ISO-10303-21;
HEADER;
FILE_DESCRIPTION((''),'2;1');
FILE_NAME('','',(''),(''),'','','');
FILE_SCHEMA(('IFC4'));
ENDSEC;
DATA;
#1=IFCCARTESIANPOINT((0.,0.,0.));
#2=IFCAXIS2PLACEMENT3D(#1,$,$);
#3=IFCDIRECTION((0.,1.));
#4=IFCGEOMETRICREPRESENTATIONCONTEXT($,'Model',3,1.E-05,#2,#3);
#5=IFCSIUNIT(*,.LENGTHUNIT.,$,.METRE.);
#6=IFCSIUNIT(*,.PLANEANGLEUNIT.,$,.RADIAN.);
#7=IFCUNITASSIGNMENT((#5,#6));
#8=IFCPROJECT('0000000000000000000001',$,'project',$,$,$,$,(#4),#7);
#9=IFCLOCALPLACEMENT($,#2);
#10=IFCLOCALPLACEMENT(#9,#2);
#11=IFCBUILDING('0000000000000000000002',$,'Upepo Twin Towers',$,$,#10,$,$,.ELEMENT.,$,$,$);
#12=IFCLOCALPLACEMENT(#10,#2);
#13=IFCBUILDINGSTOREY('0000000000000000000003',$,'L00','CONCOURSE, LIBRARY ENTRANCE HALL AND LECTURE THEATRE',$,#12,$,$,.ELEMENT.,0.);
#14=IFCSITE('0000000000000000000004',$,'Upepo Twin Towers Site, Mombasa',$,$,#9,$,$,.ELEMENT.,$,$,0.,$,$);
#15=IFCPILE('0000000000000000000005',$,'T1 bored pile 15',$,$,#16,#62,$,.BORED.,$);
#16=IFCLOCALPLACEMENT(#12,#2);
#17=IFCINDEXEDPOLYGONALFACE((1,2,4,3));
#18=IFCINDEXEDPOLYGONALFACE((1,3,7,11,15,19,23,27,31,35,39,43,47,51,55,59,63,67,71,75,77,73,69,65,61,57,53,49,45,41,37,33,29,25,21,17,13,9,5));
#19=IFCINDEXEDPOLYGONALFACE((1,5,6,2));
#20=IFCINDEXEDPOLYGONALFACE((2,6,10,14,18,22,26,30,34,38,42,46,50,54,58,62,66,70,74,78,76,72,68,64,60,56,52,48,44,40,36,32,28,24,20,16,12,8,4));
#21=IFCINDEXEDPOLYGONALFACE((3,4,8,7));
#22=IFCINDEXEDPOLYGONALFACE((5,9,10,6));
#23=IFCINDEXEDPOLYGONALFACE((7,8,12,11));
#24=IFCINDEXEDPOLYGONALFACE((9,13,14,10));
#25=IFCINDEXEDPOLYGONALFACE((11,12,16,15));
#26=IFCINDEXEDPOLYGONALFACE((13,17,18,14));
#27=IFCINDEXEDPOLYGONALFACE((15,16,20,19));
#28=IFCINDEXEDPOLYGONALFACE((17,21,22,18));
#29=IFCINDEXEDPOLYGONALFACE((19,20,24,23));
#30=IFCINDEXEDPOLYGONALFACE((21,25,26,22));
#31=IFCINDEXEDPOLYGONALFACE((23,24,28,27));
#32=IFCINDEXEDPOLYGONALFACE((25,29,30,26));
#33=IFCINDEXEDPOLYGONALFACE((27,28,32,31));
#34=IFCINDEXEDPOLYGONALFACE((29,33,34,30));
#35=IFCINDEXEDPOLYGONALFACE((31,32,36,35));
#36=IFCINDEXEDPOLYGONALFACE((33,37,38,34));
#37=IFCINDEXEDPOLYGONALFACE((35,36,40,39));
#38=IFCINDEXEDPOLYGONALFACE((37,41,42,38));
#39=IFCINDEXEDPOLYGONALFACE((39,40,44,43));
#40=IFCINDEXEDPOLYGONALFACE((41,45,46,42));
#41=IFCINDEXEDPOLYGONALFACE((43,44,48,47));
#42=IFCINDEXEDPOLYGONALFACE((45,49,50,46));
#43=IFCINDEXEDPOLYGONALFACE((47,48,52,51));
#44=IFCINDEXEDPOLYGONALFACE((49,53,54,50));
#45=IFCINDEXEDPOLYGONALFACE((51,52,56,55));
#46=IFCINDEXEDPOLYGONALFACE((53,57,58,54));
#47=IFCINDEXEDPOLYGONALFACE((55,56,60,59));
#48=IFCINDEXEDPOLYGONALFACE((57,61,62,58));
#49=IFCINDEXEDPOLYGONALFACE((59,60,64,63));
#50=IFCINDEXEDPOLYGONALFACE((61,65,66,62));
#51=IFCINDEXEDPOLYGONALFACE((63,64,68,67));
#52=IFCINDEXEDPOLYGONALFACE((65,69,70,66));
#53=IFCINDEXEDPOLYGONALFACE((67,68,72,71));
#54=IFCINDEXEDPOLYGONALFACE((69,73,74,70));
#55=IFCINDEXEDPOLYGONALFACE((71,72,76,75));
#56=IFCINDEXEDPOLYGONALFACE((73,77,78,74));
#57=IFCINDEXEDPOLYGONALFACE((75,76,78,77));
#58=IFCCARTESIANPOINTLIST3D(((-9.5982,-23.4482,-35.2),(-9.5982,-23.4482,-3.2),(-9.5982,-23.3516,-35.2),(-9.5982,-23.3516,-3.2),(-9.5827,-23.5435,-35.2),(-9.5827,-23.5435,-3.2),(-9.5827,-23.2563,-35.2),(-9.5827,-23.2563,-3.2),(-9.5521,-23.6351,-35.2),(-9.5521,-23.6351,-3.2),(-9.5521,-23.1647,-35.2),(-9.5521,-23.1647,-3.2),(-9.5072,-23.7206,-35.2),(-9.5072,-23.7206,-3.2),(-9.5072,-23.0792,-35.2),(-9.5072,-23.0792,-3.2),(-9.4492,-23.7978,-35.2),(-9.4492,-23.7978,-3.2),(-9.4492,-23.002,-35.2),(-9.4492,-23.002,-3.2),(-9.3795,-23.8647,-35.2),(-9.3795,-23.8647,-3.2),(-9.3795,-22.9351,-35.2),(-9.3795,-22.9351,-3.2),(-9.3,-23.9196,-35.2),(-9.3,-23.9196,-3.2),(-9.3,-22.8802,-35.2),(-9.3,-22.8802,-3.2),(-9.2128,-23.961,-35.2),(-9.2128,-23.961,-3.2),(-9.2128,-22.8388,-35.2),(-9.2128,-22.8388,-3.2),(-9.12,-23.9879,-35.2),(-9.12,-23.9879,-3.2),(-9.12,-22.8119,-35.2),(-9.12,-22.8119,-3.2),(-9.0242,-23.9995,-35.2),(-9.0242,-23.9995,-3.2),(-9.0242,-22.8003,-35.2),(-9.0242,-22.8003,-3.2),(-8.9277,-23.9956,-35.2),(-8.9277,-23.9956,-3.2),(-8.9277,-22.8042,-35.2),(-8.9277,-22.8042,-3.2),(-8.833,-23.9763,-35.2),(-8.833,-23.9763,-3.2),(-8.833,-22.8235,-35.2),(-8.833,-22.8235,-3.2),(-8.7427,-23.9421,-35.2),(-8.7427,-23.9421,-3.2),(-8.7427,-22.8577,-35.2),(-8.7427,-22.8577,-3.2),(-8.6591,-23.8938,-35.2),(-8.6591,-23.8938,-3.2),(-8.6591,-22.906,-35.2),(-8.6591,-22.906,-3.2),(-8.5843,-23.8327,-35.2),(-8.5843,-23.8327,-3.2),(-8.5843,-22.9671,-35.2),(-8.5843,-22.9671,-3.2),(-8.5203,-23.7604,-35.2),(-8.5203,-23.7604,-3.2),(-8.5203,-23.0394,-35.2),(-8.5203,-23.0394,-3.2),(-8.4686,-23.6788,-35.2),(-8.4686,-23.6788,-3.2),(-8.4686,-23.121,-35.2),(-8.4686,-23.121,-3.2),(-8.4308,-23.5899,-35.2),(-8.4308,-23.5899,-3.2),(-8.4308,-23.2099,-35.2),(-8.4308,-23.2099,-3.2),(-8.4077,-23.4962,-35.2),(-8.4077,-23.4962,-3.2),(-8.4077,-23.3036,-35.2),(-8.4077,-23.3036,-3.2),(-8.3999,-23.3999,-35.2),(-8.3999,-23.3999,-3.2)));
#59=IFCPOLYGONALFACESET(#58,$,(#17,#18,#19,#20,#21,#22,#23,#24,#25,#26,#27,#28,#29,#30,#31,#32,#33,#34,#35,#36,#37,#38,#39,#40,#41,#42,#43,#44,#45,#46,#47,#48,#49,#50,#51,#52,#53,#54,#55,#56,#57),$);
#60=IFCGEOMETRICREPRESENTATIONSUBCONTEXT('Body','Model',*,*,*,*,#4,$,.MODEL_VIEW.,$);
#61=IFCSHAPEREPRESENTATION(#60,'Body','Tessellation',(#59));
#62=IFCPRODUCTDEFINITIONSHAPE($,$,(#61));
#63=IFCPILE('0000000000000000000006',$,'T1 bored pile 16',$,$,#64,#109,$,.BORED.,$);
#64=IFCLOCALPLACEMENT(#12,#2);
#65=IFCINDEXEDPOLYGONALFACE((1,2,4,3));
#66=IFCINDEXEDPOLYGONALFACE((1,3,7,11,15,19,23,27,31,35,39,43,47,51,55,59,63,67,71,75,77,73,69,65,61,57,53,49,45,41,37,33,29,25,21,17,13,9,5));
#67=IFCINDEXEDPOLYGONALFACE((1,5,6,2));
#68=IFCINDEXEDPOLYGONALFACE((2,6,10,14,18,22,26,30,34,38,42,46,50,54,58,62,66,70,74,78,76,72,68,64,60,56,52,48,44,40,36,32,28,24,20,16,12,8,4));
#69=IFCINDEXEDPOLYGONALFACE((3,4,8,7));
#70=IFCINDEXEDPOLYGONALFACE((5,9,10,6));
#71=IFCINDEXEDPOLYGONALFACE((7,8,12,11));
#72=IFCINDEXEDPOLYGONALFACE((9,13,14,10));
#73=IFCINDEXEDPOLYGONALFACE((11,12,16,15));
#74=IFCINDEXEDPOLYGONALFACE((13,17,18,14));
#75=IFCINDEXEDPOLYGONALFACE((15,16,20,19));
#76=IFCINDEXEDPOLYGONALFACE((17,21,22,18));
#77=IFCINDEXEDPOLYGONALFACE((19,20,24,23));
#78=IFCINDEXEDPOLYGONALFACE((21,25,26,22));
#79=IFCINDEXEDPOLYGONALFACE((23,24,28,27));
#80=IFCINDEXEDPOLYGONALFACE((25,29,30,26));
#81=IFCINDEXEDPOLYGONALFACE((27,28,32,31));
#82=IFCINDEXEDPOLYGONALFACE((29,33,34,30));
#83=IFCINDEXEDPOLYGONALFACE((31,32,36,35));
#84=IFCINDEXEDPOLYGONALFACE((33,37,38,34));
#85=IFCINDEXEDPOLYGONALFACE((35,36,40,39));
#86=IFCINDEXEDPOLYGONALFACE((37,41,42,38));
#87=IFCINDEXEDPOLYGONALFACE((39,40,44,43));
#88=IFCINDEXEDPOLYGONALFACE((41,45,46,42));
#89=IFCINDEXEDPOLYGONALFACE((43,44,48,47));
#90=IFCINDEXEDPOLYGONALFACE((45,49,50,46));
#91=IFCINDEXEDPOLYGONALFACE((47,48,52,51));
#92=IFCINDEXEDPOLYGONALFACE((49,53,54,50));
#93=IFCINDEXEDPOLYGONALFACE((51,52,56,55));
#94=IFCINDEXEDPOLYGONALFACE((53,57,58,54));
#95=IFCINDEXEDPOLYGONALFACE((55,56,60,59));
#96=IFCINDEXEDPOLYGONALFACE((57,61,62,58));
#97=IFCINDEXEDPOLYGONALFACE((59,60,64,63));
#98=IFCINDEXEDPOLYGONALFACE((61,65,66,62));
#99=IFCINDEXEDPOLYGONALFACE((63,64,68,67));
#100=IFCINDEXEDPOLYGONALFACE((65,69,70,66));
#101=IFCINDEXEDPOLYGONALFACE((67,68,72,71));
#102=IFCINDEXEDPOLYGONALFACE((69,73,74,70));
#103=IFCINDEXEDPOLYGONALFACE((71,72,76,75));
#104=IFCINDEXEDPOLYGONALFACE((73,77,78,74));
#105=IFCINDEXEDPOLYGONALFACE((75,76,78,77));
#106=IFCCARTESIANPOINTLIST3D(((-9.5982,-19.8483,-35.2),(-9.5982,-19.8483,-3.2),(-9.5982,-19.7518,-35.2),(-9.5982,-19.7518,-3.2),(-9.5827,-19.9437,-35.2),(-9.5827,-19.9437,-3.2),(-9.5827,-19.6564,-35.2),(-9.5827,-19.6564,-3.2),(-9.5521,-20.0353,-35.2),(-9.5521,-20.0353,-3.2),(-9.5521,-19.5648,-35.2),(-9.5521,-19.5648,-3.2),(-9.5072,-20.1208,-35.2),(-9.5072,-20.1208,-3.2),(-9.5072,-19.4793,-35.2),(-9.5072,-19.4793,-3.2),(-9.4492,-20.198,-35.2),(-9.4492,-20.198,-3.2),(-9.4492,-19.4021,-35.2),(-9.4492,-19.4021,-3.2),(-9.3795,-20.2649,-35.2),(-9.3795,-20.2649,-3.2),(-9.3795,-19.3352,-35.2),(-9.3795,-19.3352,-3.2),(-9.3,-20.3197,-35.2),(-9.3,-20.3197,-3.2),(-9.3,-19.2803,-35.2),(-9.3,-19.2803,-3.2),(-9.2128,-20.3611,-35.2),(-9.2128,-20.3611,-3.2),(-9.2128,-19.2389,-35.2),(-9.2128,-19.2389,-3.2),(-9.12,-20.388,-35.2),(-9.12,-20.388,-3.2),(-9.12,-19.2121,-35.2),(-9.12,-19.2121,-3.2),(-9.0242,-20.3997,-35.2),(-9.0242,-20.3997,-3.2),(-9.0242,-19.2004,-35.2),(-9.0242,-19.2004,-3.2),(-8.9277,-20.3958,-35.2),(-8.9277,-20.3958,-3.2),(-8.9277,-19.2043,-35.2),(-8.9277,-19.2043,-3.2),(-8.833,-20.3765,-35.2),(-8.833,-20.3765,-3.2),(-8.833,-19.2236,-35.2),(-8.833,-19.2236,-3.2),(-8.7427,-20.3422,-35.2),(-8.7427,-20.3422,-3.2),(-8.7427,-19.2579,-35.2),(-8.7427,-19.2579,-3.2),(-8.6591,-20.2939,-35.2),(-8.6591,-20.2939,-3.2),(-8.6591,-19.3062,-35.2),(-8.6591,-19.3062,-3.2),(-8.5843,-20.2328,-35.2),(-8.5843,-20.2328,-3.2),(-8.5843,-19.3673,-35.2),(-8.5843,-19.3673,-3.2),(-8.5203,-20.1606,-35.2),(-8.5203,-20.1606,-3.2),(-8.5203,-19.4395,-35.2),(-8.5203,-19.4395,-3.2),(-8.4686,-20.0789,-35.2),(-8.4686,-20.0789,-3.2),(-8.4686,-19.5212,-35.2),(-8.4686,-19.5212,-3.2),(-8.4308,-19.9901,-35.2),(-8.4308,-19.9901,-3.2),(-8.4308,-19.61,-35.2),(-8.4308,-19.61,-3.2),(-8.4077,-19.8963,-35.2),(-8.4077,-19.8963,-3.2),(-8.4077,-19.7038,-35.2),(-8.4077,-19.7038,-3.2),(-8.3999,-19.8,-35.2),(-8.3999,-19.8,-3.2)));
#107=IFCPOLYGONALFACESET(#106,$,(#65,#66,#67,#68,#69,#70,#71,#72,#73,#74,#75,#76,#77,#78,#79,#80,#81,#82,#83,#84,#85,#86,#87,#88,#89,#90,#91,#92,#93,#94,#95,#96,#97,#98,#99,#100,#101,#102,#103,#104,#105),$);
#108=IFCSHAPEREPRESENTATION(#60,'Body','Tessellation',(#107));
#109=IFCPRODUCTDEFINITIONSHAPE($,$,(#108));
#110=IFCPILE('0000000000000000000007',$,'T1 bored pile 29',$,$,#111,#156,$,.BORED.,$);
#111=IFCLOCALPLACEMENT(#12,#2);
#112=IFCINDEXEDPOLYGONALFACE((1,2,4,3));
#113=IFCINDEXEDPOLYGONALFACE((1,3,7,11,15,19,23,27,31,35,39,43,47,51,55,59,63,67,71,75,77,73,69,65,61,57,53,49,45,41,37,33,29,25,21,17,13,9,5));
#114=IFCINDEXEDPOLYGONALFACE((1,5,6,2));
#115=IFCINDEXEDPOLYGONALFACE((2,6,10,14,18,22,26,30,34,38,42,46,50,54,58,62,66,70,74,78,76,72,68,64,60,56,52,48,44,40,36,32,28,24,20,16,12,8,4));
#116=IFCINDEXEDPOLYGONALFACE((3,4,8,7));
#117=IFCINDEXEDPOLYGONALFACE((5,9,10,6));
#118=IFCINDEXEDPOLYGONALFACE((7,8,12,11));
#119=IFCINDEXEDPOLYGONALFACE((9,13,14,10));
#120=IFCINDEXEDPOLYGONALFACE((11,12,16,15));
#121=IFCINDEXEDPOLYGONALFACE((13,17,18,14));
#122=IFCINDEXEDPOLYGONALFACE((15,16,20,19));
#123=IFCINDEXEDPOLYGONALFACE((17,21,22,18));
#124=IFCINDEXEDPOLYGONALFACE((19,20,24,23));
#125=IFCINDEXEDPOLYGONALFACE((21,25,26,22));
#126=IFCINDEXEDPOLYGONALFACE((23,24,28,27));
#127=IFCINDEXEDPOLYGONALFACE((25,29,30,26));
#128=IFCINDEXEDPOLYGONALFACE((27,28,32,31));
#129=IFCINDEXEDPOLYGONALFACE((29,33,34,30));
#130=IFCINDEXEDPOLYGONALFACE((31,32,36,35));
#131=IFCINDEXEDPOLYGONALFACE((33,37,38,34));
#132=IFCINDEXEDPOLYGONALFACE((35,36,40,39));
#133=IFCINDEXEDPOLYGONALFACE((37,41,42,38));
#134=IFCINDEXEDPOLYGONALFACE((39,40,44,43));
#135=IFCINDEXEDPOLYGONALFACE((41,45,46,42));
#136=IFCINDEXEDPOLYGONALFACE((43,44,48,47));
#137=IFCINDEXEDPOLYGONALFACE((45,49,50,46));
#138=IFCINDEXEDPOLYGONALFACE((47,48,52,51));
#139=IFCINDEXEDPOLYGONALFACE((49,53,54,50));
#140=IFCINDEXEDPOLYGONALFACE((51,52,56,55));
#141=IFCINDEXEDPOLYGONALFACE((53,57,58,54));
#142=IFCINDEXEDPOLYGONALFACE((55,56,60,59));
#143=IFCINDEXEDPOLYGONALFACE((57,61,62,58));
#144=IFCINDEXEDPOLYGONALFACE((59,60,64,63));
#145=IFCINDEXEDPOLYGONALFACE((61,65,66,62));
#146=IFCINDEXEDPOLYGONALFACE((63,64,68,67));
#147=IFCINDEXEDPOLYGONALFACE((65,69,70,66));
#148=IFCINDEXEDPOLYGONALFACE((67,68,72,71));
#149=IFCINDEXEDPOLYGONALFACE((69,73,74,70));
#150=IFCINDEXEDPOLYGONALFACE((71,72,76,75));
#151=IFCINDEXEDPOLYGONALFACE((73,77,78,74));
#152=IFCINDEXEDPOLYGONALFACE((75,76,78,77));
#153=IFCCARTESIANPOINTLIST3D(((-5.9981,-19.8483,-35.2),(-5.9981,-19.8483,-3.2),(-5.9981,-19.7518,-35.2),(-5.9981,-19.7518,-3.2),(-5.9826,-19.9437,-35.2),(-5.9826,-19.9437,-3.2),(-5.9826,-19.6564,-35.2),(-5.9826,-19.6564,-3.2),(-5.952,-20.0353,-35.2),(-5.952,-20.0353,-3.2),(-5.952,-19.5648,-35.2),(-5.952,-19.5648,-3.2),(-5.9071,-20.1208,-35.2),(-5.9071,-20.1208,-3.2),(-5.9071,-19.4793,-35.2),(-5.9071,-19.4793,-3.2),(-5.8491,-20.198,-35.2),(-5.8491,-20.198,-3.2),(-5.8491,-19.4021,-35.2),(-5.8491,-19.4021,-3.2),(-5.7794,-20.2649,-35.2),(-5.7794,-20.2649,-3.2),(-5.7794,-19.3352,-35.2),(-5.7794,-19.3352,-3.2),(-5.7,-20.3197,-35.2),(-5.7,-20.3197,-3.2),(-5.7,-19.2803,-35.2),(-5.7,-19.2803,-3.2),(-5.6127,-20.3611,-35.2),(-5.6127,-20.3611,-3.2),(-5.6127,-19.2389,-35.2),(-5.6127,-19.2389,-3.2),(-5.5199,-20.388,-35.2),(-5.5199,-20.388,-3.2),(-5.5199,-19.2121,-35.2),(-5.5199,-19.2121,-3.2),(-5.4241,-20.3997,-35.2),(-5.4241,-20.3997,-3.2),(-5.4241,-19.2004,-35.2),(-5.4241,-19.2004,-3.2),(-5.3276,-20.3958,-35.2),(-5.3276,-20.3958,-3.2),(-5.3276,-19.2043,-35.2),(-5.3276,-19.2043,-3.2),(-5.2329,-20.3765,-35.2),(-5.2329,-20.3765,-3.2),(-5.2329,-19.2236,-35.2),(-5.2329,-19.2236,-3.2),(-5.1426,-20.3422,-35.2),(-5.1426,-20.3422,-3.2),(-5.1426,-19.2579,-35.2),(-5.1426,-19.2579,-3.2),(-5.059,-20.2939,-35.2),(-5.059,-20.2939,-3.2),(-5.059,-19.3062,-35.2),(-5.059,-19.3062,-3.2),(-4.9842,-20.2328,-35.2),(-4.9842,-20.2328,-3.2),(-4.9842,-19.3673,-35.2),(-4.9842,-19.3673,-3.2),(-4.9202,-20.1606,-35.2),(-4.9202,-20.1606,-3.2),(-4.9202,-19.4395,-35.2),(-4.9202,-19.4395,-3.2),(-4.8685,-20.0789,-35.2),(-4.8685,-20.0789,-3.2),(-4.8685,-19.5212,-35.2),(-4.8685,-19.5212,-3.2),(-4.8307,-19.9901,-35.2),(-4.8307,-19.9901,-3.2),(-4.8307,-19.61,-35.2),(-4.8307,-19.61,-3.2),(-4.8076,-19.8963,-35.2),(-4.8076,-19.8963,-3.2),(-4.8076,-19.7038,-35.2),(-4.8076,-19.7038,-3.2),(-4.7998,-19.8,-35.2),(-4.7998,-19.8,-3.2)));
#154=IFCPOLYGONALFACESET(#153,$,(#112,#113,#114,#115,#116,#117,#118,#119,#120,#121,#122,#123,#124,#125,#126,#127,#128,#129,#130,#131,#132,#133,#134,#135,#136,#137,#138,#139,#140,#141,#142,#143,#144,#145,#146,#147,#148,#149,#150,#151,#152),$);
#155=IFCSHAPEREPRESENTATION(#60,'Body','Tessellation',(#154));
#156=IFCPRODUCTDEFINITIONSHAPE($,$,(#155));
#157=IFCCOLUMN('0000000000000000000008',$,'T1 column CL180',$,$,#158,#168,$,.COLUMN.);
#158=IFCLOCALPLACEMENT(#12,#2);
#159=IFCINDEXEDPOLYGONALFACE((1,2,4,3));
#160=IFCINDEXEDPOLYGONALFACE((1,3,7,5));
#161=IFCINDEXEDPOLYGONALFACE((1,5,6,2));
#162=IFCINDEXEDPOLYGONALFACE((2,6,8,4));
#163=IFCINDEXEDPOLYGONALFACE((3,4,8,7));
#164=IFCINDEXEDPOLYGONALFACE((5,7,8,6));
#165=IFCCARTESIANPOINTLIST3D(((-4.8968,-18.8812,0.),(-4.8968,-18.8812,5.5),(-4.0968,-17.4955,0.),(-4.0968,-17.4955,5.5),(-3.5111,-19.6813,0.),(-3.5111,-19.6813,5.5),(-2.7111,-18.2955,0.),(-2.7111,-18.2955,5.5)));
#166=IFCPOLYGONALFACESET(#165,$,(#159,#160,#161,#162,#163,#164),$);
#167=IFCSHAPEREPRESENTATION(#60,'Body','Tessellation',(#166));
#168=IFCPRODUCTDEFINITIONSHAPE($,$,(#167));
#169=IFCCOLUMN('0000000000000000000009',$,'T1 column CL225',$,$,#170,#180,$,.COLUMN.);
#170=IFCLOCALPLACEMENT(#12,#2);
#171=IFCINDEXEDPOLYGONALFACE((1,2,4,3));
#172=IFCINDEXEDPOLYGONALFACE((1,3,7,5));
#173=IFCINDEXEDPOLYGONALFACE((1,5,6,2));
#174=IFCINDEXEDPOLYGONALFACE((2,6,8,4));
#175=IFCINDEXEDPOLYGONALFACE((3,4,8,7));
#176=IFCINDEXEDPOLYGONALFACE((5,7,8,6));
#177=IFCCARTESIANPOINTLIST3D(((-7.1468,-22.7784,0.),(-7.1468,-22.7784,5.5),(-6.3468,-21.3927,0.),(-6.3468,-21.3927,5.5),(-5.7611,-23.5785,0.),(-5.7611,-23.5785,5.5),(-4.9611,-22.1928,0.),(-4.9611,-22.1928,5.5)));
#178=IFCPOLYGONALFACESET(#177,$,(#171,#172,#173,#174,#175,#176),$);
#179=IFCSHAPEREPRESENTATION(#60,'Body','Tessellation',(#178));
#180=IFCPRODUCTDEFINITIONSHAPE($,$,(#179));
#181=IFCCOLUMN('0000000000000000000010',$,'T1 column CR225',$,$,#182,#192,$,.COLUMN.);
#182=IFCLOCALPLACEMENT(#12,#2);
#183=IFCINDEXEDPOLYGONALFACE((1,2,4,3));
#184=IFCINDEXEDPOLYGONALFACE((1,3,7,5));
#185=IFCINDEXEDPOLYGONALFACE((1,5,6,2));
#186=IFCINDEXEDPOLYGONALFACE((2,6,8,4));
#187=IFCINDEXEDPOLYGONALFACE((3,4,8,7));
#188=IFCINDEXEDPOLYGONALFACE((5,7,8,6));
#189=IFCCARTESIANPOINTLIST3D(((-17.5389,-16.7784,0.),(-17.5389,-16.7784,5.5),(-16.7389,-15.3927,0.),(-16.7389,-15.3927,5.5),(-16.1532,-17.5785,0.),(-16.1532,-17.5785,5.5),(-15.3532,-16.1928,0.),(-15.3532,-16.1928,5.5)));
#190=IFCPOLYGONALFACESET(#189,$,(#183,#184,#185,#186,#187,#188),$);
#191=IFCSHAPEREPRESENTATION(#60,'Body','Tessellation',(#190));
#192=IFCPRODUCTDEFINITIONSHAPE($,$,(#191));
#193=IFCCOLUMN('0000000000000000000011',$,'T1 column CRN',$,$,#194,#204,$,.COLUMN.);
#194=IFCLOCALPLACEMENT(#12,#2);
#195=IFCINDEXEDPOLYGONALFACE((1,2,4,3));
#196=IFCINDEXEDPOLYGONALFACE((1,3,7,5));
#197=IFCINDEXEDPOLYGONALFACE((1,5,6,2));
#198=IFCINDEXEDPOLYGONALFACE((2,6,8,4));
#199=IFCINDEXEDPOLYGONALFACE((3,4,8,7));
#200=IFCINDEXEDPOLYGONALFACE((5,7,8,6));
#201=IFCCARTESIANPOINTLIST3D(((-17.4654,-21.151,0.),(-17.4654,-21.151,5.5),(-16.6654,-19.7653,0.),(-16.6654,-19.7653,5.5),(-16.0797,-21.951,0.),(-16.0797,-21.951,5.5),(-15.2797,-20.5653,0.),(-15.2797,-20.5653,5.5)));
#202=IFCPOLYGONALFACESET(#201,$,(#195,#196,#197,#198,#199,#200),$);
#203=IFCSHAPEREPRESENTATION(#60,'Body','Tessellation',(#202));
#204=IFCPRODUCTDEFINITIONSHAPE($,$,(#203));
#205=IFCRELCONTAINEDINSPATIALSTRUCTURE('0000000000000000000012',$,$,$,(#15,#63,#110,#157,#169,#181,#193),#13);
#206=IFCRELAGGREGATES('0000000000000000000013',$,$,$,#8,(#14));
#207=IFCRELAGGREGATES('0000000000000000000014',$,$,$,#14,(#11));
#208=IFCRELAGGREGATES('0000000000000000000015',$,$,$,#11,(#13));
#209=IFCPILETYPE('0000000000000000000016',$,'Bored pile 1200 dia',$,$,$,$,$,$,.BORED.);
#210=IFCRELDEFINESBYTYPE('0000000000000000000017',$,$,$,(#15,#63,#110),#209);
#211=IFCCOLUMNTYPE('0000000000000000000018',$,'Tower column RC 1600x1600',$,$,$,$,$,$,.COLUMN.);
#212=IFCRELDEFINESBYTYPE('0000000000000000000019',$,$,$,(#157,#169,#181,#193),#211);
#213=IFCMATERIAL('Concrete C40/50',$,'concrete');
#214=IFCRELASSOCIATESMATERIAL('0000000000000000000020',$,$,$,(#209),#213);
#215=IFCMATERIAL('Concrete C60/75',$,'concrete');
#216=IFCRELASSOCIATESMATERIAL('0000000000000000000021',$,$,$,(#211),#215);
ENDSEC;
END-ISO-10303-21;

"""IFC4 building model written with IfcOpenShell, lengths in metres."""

from ifc_helpers import new_model, si_unit, direction, frame, origin, origin_2d, place, context, subcontext, project, spatial, rectangle, circle, extrude, material, material_profile, profile_set, type_object, element, save


model = new_model("IFC4")

# Units and contexts
model_context = context("Model", 3, precision=1e-05, world=origin(), true_north=direction((0.0, 1.0)))
body_context = subcontext(model_context, "Body", "Model", "MODEL_VIEW")
ifc_project = project(units=[si_unit("LENGTHUNIT", "METRE"), si_unit("PLANEANGLEUNIT", "RADIAN")], contexts=[model_context])

# Site, building, storey
site_placement = place(None, origin())
site = spatial("IfcSite", under=ifc_project, at=site_placement, Name="Upepo Twin Towers Site, Mombasa", CompositionType="ELEMENT", RefElevation=0.0)
building_placement = place(site_placement, origin())
building = spatial("IfcBuilding", under=site, at=building_placement, Name="Upepo Twin Towers", CompositionType="ELEMENT")
storey_placement = place(building_placement, origin())
storey = spatial("IfcBuildingStorey", under=building, at=storey_placement, Name="L00", Description="CONCOURSE, LIBRARY ENTRANCE HALL AND LECTURE THEATRE", CompositionType="ELEMENT", Elevation=0.0)

# Piles
ifc_material_1 = material(Name="Concrete C40/50", Category="concrete")
pile_type = type_object("IfcPileType", Name="Bored pile 1200 dia", PredefinedType="BORED", material=ifc_material_1)
for number, where, z_axis, x_axis, name in (
    (1, (-9.0, -23.3999, -3.2), (0.0, 0.0, -1.0), (1.0, 0.0, 0.0), "T1 bored pile 15"),
    (2, (-9.0, -19.8, -3.2), (0.0, 0.0, -1.0), (1.0, 0.0, 0.0), "T1 bored pile 16"),
    (3, (-5.3999, -19.8, -3.2), (0.0, 0.0, -1.0), (1.0, 0.0, 0.0), "T1 bored pile 29"),
):
    element("IfcPile", number, at=place(storey_placement, frame(where, z_axis=z_axis, x_axis=x_axis)), inside=storey, type_object=pile_type, Name=name, PredefinedType="BORED", context=body_context, shape_type="SweptSolid", body=[
        extrude(circle(Radius=0.6001, at=origin_2d()), origin(), (0.0, 0.0, 1.0), 32.0),
    ])

# Columns
ifc_material_2 = material(Name="Concrete C60/75", Category="concrete")
ifc_material_profile_1 = material_profile(ifc_material_2, rectangle(XDim=1.6001, YDim=1.6001, at=origin_2d()), Name="RC 1600x1600")
ifc_profile_set_1 = profile_set([ifc_material_profile_1], Name="Concrete C60/75")
column_type = type_object("IfcColumnType", Name="Tower column RC 1600x1600", PredefinedType="COLUMN", material=ifc_profile_set_1)
for number, where, z_axis, x_axis, name in (
    (4, (-3.804, -18.5884, 0.0), (0.0, 0.0, 1.0), (0.5, 0.866025, 0.0), "T1 column CL180"),
    (5, (-6.054, -22.4856, 0.0), (0.0, 0.0, 1.0), (0.5, 0.866025, 0.0), "T1 column CL225"),
    (6, (-16.446, -16.4856, 0.0), (0.0, 0.0, 1.0), (0.5, 0.866025, 0.0), "T1 column CR225"),
    (7, (-16.3726, -20.8582, 0.0), (0.0, 0.0, 1.0), (0.5, 0.866025, 0.0), "T1 column CRN"),
):
    element("IfcColumn", number, at=place(storey_placement, frame(where, z_axis=z_axis, x_axis=x_axis)), inside=storey, type_object=column_type, Name=name, PredefinedType="COLUMN", context=body_context, shape_type="SweptSolid", body=[
        extrude(rectangle(XDim=1.6001, YDim=1.6001, at=origin_2d()), origin(), (0.0, 0.0, 1.0), 5.5),
    ])

save(model, "model.ifc")
